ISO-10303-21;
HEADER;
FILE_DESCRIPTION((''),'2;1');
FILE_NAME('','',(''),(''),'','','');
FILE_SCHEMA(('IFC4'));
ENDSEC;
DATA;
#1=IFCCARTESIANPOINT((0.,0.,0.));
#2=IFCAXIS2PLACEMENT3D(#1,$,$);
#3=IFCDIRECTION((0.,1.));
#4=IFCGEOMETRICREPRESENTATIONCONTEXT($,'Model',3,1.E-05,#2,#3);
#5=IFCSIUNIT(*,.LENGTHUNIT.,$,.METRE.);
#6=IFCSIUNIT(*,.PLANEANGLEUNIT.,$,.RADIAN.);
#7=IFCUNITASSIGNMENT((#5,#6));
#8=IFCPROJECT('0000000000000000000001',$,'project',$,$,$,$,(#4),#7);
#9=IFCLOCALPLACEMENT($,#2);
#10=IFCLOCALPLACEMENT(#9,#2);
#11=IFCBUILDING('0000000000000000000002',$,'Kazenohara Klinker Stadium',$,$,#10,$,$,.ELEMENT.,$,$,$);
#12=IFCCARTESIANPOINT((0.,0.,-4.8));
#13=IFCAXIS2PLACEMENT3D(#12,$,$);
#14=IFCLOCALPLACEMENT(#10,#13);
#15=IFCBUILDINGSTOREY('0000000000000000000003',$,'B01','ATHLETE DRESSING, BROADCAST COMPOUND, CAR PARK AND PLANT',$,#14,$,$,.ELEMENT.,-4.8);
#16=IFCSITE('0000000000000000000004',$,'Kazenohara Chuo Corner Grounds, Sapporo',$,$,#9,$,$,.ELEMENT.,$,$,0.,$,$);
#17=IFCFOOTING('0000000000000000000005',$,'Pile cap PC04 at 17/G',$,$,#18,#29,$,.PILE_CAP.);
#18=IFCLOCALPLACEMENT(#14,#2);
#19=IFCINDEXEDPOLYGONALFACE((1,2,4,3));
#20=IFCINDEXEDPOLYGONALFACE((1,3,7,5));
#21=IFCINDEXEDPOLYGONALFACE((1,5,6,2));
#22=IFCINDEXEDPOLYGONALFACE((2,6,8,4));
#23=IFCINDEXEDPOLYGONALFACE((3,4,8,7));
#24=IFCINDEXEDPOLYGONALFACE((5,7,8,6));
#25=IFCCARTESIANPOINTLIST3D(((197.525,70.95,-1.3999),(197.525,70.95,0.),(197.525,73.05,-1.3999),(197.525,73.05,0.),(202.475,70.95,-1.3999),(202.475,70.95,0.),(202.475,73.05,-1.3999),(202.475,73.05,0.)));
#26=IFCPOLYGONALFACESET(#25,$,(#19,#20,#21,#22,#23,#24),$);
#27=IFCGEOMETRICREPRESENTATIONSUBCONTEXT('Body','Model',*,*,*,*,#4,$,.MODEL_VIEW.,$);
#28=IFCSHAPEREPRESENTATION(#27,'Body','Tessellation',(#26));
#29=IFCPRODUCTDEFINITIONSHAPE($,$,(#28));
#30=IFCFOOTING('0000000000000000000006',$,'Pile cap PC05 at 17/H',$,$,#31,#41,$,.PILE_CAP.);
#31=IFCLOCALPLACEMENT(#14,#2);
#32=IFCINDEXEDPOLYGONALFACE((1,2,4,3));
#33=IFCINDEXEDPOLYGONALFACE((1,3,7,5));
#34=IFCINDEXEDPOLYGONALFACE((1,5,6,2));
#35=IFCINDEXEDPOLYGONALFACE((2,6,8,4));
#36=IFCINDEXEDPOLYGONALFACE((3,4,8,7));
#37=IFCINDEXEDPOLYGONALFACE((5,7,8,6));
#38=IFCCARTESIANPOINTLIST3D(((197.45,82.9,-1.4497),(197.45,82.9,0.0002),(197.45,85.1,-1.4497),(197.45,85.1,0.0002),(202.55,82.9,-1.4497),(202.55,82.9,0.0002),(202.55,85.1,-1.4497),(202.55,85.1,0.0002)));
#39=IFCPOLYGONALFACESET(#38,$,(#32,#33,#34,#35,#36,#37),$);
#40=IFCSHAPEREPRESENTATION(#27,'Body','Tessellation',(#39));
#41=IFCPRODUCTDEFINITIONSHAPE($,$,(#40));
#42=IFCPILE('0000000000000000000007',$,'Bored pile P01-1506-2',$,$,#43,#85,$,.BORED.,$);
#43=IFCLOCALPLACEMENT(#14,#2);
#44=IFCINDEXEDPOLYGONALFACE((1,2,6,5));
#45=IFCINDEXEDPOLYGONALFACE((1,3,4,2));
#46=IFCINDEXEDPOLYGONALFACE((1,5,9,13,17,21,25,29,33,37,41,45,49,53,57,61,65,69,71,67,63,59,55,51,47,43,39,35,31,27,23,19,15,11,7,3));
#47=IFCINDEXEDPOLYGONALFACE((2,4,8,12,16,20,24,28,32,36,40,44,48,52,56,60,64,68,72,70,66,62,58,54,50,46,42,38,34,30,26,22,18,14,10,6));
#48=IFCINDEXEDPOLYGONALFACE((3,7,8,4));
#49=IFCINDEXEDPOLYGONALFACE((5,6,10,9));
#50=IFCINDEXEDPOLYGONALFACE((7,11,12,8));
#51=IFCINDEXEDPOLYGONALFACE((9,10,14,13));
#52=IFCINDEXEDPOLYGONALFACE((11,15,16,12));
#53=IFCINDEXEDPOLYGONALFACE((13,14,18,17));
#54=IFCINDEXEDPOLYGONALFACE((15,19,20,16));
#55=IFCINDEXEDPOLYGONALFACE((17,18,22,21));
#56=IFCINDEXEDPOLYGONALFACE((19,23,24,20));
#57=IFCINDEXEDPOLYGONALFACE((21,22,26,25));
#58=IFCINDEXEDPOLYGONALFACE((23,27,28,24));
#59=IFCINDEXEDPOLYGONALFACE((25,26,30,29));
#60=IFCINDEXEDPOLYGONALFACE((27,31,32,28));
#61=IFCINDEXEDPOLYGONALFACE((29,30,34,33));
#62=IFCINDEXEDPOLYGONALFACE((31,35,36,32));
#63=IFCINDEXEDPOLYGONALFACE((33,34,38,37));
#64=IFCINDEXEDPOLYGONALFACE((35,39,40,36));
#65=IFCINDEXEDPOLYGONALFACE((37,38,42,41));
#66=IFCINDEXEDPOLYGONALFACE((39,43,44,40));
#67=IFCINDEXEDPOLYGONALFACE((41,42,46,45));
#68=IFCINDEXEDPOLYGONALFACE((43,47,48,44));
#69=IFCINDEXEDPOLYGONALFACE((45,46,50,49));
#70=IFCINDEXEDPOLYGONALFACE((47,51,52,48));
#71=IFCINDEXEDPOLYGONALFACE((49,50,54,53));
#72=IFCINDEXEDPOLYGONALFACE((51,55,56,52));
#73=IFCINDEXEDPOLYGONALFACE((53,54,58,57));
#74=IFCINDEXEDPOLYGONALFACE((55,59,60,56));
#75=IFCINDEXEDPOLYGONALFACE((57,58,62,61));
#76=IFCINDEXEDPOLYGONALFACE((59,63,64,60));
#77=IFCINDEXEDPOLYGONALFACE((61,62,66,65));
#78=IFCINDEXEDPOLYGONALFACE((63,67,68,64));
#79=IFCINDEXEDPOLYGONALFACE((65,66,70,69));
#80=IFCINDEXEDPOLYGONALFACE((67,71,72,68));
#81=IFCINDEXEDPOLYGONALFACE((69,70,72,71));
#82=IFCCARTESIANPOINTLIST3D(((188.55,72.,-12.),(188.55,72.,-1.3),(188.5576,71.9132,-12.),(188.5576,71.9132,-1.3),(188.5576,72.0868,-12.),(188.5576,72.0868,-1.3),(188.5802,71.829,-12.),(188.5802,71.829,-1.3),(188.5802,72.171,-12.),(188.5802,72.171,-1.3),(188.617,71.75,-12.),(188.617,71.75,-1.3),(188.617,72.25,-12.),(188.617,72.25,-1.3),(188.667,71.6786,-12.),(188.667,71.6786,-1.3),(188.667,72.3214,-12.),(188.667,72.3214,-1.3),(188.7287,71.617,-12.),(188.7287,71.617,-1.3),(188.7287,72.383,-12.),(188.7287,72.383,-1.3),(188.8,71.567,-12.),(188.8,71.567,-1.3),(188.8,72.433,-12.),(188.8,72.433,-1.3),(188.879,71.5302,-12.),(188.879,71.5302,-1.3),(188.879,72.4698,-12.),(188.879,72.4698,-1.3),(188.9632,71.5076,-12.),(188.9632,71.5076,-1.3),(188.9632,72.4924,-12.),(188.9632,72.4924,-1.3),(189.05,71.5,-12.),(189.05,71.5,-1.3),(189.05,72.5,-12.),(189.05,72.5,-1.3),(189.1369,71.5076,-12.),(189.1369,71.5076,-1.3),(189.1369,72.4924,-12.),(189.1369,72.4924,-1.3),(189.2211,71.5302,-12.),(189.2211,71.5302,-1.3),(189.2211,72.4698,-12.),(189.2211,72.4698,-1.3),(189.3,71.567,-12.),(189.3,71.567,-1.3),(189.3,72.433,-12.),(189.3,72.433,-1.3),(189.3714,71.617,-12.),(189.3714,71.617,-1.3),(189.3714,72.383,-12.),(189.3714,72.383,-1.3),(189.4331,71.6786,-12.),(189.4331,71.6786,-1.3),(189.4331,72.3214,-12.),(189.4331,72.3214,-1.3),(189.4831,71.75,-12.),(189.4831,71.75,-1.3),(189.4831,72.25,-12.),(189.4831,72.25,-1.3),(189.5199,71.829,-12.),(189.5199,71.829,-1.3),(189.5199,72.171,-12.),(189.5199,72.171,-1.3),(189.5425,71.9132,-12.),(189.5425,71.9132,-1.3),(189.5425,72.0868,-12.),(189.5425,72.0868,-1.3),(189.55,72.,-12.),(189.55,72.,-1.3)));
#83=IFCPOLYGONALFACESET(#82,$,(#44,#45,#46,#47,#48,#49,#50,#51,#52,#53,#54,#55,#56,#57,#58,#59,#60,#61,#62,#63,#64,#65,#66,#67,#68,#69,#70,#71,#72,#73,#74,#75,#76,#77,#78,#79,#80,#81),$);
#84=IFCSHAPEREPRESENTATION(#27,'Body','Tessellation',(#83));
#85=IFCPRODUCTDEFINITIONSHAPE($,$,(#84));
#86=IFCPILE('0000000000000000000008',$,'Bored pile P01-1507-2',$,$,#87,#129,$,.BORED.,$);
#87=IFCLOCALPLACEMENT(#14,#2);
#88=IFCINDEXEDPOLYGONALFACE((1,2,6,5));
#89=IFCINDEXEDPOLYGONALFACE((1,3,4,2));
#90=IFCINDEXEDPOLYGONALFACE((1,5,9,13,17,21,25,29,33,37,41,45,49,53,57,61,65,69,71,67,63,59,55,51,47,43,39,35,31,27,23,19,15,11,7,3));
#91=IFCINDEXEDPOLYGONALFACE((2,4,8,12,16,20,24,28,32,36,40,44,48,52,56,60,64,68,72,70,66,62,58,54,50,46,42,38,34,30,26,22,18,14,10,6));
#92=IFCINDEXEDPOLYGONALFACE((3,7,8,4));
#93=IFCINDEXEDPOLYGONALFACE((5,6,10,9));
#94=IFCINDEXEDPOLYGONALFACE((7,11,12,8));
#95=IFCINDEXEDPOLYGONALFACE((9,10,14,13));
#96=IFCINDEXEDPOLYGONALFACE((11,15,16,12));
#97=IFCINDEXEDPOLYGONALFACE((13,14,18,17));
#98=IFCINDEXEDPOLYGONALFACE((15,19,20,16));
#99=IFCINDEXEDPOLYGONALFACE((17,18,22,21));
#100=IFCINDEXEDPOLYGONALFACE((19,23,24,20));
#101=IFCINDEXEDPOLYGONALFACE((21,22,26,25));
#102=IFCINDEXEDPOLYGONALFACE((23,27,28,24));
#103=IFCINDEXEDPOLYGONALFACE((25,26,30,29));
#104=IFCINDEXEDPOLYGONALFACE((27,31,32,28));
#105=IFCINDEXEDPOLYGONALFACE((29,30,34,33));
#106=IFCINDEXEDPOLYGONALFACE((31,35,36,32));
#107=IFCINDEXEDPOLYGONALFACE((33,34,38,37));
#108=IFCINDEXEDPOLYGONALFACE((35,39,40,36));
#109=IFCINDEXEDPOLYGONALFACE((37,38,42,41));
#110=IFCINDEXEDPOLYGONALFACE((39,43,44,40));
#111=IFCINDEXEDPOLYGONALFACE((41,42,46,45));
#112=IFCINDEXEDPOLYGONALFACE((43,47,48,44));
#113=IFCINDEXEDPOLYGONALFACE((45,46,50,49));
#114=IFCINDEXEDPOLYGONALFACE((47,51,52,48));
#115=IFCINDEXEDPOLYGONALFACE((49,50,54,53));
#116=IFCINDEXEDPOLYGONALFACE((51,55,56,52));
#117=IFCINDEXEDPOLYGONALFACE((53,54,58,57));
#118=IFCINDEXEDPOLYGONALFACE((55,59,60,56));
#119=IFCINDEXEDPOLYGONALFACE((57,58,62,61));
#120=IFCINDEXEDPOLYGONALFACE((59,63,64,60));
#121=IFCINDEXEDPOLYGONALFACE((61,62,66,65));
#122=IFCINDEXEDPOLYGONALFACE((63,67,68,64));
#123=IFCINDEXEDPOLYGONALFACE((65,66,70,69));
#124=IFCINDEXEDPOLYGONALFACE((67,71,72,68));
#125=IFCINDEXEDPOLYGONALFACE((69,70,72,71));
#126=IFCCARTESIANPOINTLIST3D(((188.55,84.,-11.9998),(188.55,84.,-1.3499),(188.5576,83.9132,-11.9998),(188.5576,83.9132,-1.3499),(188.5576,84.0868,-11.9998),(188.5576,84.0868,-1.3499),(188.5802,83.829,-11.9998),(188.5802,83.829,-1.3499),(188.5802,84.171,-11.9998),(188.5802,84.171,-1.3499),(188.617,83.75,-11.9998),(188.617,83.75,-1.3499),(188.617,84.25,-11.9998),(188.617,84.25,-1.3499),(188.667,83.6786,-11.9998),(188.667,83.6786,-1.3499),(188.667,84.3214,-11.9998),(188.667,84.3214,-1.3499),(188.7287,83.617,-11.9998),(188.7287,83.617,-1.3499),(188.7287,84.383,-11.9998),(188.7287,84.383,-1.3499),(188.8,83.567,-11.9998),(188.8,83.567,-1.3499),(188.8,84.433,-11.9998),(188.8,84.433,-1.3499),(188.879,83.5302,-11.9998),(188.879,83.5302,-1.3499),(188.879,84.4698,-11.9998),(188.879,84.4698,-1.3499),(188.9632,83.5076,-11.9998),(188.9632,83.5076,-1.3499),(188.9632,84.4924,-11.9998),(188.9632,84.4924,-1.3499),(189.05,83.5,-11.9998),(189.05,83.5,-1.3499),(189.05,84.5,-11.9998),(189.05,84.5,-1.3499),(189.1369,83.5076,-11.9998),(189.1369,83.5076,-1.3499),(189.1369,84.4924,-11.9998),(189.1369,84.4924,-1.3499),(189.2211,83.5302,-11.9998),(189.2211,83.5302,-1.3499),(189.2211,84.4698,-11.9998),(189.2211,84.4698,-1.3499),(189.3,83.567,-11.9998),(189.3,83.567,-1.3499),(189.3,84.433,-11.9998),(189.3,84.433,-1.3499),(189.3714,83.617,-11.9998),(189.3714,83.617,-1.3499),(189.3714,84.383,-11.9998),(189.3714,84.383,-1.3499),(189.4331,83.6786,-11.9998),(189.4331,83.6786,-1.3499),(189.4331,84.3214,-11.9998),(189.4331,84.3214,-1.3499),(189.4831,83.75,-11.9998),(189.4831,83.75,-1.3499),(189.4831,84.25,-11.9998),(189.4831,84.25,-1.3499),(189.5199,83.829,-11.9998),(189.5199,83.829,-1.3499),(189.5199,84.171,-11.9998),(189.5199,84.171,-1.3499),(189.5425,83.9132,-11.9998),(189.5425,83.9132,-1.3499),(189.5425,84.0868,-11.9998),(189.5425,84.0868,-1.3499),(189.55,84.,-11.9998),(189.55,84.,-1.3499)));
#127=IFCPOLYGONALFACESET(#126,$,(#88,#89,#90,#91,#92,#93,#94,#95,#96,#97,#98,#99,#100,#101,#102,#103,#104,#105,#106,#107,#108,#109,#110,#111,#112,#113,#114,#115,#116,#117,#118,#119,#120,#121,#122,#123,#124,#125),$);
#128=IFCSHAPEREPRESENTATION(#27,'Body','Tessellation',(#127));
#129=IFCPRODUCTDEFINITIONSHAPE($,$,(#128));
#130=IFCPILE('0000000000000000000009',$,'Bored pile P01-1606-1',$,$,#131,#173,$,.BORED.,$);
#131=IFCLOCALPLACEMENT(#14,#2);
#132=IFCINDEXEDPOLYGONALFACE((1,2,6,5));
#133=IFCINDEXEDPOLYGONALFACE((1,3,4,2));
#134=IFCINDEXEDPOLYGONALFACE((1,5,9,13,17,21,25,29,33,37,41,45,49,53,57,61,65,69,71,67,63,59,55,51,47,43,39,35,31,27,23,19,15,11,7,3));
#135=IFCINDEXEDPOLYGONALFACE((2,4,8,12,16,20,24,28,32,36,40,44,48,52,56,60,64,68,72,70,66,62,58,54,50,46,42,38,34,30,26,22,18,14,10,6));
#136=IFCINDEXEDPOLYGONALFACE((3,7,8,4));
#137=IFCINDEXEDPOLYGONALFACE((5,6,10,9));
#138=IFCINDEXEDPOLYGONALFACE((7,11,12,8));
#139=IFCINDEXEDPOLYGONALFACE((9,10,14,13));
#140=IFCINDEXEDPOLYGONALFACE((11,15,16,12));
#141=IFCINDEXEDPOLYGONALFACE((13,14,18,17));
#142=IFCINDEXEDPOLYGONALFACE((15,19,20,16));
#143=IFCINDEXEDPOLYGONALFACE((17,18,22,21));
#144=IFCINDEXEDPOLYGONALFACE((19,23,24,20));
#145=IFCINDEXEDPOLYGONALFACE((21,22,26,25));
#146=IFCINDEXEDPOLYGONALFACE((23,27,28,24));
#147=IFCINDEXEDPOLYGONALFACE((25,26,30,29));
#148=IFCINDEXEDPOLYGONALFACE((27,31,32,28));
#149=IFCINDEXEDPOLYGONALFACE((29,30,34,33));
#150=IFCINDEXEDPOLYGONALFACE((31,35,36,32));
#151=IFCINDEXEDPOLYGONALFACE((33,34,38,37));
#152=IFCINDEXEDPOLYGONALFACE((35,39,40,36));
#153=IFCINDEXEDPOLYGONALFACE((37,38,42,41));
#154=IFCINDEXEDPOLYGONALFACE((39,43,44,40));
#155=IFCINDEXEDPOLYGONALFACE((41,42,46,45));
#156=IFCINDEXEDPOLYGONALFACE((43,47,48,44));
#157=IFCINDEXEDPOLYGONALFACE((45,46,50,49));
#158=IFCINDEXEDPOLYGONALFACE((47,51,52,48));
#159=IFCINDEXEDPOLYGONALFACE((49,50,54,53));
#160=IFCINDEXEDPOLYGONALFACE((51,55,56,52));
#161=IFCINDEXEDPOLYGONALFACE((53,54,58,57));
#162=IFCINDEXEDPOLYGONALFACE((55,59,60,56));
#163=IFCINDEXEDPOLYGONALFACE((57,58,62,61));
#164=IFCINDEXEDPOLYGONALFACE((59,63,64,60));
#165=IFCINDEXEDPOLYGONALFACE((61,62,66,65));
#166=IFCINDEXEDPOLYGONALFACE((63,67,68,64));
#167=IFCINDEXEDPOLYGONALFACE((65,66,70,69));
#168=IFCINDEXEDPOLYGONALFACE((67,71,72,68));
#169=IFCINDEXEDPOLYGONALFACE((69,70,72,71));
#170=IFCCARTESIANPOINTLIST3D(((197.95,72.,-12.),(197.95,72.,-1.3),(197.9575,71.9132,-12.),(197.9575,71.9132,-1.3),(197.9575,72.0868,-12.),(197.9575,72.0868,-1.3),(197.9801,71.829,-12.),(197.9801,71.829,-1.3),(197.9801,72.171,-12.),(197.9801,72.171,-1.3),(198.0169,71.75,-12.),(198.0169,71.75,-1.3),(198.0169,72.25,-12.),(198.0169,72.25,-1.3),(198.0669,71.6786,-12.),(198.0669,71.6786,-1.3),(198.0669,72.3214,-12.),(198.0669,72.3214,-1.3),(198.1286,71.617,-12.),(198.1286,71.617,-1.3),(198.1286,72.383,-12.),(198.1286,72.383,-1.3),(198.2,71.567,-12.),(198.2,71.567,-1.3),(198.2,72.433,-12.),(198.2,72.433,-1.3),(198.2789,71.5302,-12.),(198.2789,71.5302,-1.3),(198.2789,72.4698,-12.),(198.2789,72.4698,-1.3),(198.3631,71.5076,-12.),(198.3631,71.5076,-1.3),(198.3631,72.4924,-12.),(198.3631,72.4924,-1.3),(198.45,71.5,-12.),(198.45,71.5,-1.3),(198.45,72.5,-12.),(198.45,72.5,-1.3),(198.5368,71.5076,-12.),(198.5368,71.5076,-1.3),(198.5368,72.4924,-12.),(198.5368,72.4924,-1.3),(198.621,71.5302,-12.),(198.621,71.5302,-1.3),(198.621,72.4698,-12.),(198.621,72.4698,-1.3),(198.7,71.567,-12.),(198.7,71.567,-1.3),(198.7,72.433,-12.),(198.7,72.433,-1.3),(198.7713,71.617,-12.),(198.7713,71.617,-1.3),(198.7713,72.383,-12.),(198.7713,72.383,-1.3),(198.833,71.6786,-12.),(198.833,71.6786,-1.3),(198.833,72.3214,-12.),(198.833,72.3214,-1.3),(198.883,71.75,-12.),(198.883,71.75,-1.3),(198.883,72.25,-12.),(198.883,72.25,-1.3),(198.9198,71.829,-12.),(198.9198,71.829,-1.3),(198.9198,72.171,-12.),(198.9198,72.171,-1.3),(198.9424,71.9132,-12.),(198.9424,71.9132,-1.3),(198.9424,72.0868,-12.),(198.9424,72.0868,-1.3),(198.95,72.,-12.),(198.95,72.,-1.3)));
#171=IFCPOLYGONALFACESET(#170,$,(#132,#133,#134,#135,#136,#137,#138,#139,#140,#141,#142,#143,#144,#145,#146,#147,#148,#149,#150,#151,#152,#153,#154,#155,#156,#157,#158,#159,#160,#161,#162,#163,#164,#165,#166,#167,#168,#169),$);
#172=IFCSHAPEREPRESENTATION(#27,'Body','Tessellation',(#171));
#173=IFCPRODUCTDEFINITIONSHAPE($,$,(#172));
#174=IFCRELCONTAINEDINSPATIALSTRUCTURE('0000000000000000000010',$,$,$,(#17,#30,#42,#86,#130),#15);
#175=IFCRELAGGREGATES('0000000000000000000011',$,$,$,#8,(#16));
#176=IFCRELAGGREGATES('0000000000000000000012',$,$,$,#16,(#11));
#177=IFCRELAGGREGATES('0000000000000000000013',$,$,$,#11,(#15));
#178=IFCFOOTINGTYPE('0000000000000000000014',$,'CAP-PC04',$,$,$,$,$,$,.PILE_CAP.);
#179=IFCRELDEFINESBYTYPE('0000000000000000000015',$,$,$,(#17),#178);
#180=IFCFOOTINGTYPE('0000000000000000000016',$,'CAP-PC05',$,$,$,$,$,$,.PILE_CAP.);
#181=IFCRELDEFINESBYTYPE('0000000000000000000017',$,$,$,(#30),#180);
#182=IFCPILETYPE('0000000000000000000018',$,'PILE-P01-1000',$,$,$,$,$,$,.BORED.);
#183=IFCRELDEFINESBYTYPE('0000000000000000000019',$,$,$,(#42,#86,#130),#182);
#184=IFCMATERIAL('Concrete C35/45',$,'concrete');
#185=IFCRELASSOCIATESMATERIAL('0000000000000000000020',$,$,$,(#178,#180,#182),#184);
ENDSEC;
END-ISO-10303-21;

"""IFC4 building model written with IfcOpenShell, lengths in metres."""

from ifc_helpers import new_model, si_unit, direction, frame, origin, origin_2d, place, context, subcontext, project, spatial, rectangle, circle, extrude, material, material_profile, profile_set, type_object, element, save


model = new_model("IFC4")

# Units and contexts
model_context = context("Model", 3, precision=1e-05, world=origin(), true_north=direction((0.0, 1.0)))
body_context = subcontext(model_context, "Body", "Model", "MODEL_VIEW")
ifc_project = project(units=[si_unit("LENGTHUNIT", "METRE"), si_unit("PLANEANGLEUNIT", "RADIAN")], contexts=[model_context])

# Site, building, storey
site_placement = place(None, origin())
site = spatial("IfcSite", under=ifc_project, at=site_placement, Name="Kazenohara Chuo Corner Grounds, Sapporo", CompositionType="ELEMENT", RefElevation=0.0)
building_placement = place(site_placement, origin())
building = spatial("IfcBuilding", under=site, at=building_placement, Name="Kazenohara Klinker Stadium", CompositionType="ELEMENT")
storey_placement = place(building_placement, frame((0.0, 0.0, -4.8)))
storey = spatial("IfcBuildingStorey", under=building, at=storey_placement, Name="B01", Description="ATHLETE DRESSING, BROADCAST COMPOUND, CAR PARK AND PLANT", CompositionType="ELEMENT", Elevation=-4.8)

# Footings
ifc_material_1 = material(Name="Concrete C35/45", Category="concrete")
footing_type_1 = type_object("IfcFootingType", Name="CAP-PC04", PredefinedType="PILE_CAP", material=ifc_material_1)
footing_1_placement = place(storey_placement, frame((200.0, 72.0, -1.3999), z_axis=(0.0, 0.0, 1.0), x_axis=(1.0, 0.0, 0.0)))
element("IfcFooting", 1, at=footing_1_placement, inside=storey, type_object=footing_type_1, Name="Pile cap PC04 at 17/G", PredefinedType="PILE_CAP", context=body_context, shape_type="SweptSolid", body=[
    extrude(rectangle(XDim=4.95, YDim=2.1001, at=origin_2d()), origin(), (0.0, 0.0, 1.0), 1.3999),
])
footing_type_2 = type_object("IfcFootingType", Name="CAP-PC05", PredefinedType="PILE_CAP", material=ifc_material_1)
footing_2_placement = place(storey_placement, frame((200.0, 84.0, -1.4497), z_axis=(0.0, 0.0, 1.0), x_axis=(1.0, 0.0, 0.0)))
element("IfcFooting", 2, at=footing_2_placement, inside=storey, type_object=footing_type_2, Name="Pile cap PC05 at 17/H", PredefinedType="PILE_CAP", context=body_context, shape_type="SweptSolid", body=[
    extrude(rectangle(XDim=5.1001, YDim=2.2, at=origin_2d()), origin(), (0.0, 0.0, 1.0), 1.45),
])

# Piles
ifc_material_profile_1 = material_profile(ifc_material_1, circle(Radius=0.5, at=origin_2d()), Name="BORED-PILE-1000")
ifc_profile_set_1 = profile_set([ifc_material_profile_1], Name="Concrete C35/45")
pile_type = type_object("IfcPileType", Name="PILE-P01-1000", PredefinedType="BORED", material=ifc_profile_set_1)
pile_1_placement = place(storey_placement, frame((189.05, 72.0, -1.3), z_axis=(0.0, 0.0, -1.0), x_axis=(1.0, 0.0, 0.0)))
element("IfcPile", 3, at=pile_1_placement, inside=storey, type_object=pile_type, Name="Bored pile P01-1506-2", PredefinedType="BORED", context=body_context, shape_type="SweptSolid", body=[
    extrude(circle(Radius=0.5, at=origin_2d()), origin(), (0.0, 0.0, 1.0), 10.7),
])
pile_2_placement = place(storey_placement, frame((189.05, 84.0, -1.3499), z_axis=(0.0, 0.0, -1.0), x_axis=(1.0, 0.0, 0.0)))
element("IfcPile", 4, at=pile_2_placement, inside=storey, type_object=pile_type, Name="Bored pile P01-1507-2", PredefinedType="BORED", context=body_context, shape_type="SweptSolid", body=[
    extrude(circle(Radius=0.5, at=origin_2d()), origin(), (0.0, 0.0, 1.0), 10.6499),
])
for number, where, z_axis, x_axis, name in (
    (5, (198.45, 72.0, -1.3), (0.0, 0.0, -1.0), (1.0, 0.0, 0.0), "Bored pile P01-1606-1"),
):
    element("IfcPile", number, at=place(storey_placement, frame(where, z_axis=z_axis, x_axis=x_axis)), inside=storey, type_object=pile_type, Name=name, PredefinedType="BORED", context=body_context, shape_type="SweptSolid", body=[
        extrude(circle(Radius=0.5, at=origin_2d()), origin(), (0.0, 0.0, 1.0), 10.7),
    ])

save(model, "model.ifc")
